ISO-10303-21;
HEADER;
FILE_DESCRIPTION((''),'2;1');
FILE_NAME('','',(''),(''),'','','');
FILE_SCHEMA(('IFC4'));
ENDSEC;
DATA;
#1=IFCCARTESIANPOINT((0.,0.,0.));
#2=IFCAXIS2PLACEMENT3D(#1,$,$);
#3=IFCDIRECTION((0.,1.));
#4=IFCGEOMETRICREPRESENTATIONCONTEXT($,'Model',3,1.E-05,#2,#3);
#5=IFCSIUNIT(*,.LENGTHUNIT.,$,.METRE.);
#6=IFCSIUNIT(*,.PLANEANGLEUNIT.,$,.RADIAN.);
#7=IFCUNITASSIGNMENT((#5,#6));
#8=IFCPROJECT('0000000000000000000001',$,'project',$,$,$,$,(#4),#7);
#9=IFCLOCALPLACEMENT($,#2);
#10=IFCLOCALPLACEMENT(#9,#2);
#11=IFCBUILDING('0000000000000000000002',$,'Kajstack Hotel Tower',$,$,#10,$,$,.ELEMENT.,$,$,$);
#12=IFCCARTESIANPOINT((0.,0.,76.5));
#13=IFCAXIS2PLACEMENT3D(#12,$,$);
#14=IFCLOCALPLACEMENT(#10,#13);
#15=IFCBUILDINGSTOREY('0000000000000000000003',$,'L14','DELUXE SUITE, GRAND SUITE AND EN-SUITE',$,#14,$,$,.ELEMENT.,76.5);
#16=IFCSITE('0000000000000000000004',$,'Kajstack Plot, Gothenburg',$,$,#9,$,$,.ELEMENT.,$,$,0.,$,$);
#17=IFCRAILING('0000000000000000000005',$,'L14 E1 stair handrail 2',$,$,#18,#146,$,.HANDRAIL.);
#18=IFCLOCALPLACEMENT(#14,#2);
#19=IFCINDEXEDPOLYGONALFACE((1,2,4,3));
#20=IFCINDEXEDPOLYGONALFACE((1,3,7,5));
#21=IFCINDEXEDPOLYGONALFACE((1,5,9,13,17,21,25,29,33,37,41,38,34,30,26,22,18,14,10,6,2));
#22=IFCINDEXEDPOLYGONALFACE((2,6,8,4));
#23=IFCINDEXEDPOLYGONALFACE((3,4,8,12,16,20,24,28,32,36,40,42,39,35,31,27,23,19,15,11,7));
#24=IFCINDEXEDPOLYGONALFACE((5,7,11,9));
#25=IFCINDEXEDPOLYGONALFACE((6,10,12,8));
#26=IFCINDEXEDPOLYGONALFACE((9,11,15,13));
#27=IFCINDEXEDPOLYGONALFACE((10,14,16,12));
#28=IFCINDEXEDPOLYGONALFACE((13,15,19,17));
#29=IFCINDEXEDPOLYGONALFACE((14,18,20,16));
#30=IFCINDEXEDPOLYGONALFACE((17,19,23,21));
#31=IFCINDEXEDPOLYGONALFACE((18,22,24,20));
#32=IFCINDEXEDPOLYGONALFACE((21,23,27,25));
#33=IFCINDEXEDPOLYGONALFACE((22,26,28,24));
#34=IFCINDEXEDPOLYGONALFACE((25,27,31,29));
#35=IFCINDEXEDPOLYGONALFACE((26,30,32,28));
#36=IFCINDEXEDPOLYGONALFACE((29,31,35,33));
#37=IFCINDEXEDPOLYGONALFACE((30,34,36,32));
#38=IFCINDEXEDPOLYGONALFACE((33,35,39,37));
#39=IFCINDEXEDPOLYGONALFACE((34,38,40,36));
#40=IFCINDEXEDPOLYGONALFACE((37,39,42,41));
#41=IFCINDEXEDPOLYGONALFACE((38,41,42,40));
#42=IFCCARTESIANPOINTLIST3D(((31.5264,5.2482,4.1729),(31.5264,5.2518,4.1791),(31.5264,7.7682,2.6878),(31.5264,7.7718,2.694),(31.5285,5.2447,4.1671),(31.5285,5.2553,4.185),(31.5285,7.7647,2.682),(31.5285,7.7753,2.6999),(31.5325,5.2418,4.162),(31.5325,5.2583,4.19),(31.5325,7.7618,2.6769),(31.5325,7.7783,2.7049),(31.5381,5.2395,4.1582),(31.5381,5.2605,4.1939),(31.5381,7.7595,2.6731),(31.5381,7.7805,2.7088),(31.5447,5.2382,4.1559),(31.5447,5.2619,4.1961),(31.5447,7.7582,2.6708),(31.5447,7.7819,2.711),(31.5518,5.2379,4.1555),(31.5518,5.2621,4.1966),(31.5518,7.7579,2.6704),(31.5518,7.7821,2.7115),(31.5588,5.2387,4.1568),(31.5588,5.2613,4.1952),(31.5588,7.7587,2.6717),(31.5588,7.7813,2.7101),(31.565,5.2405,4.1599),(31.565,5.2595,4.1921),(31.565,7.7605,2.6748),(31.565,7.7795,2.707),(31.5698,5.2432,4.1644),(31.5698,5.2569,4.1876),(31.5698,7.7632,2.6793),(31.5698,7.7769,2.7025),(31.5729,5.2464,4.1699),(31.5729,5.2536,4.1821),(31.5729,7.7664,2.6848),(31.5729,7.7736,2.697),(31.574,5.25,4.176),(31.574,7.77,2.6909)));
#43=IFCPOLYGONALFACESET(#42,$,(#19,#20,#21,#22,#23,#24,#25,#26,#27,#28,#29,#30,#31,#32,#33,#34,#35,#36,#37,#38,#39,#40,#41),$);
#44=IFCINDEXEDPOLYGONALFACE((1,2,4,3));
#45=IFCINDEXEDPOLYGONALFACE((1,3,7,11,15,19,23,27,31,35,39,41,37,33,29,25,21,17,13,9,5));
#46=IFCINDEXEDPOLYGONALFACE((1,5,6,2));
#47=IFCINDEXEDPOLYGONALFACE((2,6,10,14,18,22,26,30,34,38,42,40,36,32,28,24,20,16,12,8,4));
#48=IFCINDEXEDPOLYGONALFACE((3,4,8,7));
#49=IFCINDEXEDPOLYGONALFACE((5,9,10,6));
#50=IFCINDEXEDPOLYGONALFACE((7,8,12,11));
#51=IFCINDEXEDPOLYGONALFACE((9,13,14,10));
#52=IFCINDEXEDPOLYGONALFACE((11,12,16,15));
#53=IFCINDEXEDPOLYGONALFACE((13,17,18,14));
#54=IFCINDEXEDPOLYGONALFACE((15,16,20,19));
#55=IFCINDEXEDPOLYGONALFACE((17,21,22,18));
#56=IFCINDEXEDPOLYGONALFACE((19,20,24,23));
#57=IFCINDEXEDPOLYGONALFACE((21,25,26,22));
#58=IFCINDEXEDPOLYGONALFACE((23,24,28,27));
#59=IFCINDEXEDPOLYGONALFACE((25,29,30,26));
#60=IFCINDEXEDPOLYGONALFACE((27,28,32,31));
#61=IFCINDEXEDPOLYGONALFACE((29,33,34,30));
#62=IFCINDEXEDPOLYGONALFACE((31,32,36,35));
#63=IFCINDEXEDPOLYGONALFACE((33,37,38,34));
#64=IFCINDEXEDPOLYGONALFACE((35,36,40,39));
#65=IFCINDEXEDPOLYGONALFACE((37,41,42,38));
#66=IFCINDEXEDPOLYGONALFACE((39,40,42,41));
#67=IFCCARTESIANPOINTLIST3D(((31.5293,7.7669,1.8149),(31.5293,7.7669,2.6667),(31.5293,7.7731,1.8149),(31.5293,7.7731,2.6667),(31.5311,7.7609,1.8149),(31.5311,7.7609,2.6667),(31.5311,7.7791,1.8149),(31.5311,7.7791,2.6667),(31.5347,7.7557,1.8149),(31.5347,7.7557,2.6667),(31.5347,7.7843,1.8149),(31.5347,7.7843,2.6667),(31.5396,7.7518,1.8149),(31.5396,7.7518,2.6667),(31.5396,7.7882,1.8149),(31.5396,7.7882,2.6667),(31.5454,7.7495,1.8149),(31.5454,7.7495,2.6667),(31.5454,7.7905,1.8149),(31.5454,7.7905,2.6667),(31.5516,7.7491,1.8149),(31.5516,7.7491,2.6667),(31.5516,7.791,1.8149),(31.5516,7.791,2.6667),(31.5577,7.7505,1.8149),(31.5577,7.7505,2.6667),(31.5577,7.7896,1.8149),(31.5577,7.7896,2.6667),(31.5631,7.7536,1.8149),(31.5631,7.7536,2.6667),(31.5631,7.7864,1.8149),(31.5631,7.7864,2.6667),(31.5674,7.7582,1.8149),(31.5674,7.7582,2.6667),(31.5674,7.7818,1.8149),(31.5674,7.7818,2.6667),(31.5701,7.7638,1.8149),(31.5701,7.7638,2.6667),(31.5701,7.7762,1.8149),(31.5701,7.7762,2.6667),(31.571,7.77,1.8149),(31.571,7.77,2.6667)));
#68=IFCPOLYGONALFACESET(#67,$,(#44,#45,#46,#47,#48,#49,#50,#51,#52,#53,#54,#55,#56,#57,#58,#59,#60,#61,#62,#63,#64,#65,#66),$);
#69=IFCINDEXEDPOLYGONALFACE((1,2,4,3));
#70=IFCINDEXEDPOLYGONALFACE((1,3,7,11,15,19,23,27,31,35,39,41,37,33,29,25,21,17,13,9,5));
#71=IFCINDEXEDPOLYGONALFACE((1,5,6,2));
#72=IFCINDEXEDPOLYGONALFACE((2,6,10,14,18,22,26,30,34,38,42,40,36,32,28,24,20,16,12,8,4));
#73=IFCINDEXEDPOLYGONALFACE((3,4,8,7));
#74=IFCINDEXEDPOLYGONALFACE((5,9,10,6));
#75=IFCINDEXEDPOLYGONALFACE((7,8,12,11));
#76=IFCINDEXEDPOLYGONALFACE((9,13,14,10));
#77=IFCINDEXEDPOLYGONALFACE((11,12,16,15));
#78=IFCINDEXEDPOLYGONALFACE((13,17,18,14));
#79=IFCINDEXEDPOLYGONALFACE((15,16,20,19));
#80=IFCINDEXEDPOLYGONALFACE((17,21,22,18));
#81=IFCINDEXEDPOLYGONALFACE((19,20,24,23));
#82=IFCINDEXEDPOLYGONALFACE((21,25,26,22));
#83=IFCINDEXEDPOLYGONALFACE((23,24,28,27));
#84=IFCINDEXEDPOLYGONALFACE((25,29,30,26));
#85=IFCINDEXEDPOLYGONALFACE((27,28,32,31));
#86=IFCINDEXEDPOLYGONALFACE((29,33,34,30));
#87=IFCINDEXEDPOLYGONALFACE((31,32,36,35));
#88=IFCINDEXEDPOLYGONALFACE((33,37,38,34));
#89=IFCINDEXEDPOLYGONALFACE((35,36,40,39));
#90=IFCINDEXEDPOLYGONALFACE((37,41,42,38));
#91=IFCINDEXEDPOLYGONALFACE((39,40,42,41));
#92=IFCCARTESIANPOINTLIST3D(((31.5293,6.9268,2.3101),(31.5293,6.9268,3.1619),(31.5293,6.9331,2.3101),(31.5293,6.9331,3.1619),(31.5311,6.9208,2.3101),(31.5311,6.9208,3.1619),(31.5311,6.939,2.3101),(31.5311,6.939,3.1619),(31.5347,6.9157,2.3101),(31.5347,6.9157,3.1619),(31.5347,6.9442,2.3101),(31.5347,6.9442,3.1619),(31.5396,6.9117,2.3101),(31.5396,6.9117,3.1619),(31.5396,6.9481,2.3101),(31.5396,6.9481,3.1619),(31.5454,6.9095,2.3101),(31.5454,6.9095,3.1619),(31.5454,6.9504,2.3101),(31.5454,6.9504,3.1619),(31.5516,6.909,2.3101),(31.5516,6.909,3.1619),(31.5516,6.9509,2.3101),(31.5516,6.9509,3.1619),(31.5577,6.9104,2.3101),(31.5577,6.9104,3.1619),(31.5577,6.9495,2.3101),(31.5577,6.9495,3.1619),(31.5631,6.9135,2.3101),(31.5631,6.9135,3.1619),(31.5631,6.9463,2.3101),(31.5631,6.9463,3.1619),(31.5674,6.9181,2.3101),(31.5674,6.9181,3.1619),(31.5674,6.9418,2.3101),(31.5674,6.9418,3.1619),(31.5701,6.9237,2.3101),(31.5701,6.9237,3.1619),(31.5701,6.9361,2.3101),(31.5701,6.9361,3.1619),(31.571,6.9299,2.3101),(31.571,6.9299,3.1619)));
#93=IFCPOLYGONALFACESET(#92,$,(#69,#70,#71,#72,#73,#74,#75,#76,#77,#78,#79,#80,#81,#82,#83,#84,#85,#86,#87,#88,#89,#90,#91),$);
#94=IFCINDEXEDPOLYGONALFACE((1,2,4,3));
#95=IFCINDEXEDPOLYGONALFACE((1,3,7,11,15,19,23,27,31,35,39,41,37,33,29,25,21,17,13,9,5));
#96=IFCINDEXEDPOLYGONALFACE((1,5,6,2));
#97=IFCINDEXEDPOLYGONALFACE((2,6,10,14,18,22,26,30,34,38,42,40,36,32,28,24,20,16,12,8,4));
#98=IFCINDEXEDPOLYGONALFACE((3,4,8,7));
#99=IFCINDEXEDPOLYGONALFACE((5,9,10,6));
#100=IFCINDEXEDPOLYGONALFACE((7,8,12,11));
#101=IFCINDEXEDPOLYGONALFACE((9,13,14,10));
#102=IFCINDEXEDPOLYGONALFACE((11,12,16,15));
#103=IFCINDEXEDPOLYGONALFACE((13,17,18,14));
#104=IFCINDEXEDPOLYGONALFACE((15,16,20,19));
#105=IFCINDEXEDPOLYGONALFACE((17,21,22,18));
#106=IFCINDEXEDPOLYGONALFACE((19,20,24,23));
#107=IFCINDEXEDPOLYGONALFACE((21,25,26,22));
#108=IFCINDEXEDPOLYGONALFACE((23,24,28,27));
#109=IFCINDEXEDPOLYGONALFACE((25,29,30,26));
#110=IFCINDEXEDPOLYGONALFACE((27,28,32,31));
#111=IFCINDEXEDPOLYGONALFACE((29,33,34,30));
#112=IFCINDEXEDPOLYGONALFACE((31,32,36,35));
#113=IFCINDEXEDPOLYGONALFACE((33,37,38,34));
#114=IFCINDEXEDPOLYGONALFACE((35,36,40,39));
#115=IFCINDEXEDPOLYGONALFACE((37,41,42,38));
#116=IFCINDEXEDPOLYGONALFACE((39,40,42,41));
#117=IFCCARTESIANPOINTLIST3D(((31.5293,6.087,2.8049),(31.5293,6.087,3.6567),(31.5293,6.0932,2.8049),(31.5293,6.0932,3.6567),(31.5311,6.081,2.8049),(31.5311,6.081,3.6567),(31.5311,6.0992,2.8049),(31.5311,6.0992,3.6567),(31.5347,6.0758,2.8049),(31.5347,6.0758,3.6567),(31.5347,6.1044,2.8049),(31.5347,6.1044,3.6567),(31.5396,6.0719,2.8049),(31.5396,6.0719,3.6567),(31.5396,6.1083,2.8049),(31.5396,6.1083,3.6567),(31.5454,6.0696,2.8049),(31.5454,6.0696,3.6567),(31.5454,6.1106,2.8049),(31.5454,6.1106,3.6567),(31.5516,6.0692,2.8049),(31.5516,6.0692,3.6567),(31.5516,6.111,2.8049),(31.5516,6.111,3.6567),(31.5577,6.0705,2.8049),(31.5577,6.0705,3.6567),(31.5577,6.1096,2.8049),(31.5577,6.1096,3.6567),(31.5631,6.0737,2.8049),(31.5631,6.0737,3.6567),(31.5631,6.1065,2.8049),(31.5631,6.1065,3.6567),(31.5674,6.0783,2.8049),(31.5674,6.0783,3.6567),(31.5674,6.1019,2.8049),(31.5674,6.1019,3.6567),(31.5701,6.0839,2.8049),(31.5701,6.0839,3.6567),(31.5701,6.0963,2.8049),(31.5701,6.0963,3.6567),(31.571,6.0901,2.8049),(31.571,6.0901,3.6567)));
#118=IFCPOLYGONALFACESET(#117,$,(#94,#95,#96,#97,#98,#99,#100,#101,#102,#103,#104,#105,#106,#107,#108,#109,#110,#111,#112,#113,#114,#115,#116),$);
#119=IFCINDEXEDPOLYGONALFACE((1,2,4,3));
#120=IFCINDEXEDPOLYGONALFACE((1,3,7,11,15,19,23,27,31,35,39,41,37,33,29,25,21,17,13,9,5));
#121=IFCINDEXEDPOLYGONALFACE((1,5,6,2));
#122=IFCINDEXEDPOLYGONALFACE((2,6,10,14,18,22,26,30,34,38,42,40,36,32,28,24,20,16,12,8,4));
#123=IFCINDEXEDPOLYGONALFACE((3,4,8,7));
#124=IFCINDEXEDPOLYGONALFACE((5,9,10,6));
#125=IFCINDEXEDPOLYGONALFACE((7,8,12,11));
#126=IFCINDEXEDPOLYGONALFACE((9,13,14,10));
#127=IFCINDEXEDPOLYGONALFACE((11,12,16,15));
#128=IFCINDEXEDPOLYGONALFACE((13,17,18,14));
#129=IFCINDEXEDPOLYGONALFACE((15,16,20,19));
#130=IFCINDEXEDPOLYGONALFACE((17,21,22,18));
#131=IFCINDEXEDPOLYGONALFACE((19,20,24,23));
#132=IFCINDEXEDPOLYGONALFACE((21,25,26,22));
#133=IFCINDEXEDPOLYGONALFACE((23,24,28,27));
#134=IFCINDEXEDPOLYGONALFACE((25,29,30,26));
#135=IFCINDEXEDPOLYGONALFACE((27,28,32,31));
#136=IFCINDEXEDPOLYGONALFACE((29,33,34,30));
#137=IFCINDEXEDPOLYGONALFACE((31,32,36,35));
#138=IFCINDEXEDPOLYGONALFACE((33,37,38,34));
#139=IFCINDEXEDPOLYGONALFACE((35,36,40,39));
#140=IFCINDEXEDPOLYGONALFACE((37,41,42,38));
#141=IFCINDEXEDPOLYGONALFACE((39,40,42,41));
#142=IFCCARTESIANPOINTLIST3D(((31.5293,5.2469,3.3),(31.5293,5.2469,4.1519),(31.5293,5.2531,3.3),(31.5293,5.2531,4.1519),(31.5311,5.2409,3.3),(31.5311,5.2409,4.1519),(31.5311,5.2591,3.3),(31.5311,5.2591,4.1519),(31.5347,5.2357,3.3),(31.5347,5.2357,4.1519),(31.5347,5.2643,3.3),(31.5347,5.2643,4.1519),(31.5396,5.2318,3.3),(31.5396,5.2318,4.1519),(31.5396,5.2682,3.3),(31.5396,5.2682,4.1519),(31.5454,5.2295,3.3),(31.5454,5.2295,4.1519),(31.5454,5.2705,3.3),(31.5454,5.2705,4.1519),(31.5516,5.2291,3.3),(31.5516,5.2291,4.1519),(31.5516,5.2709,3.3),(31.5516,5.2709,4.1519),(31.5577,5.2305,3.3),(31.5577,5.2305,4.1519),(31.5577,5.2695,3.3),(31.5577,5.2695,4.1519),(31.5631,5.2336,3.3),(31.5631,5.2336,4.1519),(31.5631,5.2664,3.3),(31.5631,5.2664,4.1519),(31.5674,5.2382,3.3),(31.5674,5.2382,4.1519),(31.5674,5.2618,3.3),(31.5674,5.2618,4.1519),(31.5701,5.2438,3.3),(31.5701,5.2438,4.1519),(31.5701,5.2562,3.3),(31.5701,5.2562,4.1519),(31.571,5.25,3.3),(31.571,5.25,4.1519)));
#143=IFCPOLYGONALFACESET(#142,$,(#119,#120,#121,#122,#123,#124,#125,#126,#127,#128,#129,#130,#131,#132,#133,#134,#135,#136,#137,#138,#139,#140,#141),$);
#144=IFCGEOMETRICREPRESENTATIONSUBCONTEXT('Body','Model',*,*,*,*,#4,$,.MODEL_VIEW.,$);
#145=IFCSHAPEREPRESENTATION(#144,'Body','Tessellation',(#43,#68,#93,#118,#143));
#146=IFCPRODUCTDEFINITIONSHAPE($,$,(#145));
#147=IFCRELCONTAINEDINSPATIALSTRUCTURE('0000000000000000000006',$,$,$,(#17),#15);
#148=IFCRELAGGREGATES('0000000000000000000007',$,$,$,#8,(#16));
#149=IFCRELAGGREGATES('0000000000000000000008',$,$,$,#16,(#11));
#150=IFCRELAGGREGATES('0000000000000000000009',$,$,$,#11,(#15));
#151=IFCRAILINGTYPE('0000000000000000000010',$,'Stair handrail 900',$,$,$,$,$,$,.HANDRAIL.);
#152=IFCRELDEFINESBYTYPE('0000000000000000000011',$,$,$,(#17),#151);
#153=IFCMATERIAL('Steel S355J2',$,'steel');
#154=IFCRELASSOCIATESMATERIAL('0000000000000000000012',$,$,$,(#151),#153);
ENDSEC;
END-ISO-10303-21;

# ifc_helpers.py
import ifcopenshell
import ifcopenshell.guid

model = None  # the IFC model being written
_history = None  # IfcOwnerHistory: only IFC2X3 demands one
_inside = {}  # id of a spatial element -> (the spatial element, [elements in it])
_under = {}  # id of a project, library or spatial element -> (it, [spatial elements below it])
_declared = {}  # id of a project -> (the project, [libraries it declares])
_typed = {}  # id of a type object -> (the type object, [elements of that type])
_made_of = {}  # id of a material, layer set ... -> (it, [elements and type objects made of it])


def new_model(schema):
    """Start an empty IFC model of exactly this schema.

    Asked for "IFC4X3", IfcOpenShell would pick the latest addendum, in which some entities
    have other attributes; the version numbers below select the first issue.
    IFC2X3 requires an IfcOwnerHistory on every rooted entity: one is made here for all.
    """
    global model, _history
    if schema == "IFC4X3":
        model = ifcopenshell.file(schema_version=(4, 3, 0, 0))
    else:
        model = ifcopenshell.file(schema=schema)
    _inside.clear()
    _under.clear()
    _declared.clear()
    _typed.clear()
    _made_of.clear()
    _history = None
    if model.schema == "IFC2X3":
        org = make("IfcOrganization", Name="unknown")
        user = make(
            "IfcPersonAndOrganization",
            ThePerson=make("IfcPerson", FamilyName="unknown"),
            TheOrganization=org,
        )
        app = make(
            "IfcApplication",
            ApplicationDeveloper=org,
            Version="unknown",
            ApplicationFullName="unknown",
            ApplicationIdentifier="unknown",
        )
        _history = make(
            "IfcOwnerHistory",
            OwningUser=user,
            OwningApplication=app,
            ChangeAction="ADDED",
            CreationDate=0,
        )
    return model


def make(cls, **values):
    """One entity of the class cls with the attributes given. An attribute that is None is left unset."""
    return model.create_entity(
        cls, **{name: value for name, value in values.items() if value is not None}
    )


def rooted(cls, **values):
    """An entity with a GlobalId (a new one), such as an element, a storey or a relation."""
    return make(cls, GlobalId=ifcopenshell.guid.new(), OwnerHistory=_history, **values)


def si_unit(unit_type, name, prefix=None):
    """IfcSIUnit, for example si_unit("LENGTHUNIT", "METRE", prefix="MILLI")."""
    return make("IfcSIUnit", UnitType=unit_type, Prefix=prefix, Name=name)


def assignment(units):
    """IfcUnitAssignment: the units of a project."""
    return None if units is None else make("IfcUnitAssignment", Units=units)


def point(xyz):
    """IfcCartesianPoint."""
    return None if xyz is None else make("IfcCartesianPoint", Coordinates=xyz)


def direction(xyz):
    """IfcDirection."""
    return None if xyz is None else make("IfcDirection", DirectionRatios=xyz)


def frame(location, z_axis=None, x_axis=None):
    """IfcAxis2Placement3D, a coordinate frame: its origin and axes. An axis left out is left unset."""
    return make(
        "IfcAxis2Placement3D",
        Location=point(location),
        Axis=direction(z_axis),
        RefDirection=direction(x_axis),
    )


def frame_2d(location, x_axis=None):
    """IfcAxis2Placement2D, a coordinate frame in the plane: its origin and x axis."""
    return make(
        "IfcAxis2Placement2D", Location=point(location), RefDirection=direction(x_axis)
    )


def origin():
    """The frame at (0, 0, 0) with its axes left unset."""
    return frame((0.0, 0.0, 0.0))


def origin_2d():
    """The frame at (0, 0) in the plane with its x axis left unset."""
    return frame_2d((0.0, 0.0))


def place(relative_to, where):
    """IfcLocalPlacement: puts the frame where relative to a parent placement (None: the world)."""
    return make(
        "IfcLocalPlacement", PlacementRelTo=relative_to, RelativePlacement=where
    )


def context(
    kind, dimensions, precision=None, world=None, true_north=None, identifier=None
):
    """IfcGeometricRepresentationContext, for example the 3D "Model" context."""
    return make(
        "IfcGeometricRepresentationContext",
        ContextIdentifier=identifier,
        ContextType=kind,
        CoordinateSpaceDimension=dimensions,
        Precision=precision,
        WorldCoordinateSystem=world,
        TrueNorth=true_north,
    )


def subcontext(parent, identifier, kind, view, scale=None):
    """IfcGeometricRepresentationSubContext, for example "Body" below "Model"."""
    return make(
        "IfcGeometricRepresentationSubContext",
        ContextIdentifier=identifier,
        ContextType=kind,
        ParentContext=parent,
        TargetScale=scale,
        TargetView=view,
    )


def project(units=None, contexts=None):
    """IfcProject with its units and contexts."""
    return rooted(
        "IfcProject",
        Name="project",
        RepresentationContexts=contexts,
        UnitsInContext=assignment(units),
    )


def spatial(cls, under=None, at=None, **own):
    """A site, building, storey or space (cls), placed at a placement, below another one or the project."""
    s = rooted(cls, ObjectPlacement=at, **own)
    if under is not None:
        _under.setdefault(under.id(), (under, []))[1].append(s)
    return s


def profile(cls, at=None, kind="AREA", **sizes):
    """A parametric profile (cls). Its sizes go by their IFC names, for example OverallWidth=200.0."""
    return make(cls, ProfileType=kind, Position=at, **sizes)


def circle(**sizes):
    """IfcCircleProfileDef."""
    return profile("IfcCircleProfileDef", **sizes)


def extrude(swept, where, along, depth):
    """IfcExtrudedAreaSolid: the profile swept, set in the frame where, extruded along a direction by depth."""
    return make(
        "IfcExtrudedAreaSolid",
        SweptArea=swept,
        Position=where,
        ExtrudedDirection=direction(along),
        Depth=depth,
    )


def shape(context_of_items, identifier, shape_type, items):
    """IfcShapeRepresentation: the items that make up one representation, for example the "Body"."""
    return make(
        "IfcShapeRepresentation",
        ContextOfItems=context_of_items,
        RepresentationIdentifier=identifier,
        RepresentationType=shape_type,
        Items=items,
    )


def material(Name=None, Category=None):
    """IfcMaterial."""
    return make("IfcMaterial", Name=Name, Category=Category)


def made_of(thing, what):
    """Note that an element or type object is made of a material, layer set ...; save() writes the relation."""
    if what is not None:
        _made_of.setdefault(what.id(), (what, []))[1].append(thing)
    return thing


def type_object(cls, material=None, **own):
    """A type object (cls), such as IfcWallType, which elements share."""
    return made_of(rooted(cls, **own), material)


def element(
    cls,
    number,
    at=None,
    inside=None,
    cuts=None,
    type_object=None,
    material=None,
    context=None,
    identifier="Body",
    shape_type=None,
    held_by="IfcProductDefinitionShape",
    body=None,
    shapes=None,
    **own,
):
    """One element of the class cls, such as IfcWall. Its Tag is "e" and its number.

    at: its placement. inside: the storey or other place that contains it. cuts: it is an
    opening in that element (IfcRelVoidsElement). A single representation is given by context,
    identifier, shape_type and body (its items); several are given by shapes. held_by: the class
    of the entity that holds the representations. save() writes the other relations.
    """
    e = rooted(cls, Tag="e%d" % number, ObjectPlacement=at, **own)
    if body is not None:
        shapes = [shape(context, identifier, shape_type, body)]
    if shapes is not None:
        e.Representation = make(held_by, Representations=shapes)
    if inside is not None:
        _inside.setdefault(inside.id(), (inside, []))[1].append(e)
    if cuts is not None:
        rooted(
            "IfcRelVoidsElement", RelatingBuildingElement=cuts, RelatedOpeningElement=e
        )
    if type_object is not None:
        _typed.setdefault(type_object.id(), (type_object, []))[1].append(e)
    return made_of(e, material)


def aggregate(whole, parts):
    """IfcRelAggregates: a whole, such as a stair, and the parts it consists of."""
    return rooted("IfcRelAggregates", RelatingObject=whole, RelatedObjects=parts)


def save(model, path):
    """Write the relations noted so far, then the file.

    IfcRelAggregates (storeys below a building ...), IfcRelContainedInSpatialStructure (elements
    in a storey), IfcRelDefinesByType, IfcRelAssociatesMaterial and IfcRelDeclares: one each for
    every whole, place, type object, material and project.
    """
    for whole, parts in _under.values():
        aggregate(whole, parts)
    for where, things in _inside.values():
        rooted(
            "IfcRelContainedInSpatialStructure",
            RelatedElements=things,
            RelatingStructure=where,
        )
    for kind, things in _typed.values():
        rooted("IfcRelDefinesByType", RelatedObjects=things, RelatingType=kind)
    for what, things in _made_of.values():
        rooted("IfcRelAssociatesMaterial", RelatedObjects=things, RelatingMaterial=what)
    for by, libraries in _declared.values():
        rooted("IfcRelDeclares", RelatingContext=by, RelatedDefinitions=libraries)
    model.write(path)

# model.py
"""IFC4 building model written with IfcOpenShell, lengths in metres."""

from ifc_helpers import new_model, si_unit, direction, frame, origin, origin_2d, place, context, subcontext, project, spatial, circle, extrude, material, type_object, element, save


model = new_model("IFC4")

# Units and contexts
model_context = context("Model", 3, precision=1e-05, world=origin(), true_north=direction((0.0, 1.0)))
body_context = subcontext(model_context, "Body", "Model", "MODEL_VIEW")
ifc_project = project(units=[si_unit("LENGTHUNIT", "METRE"), si_unit("PLANEANGLEUNIT", "RADIAN")], contexts=[model_context])

# Site, building, storey
site_placement = place(None, origin())
site = spatial("IfcSite", under=ifc_project, at=site_placement, Name="Kajstack Plot, Gothenburg", CompositionType="ELEMENT", RefElevation=0.0)
building_placement = place(site_placement, origin())
building = spatial("IfcBuilding", under=site, at=building_placement, Name="Kajstack Hotel Tower", CompositionType="ELEMENT")
storey_placement = place(building_placement, frame((0.0, 0.0, 76.5)))
storey = spatial("IfcBuildingStorey", under=building, at=storey_placement, Name="L14", Description="DELUXE SUITE, GRAND SUITE AND EN-SUITE", CompositionType="ELEMENT", Elevation=76.5)

# Railing
ifc_material_1 = material(Name="Steel S355J2", Category="steel")
railing_type_1 = type_object("IfcRailingType", Name="Stair handrail 900", PredefinedType="HANDRAIL", material=ifc_material_1)
railing_1_placement = place(storey_placement, frame((31.55, 7.77, 1.8149)))
element("IfcRailing", 1, at=railing_1_placement, inside=storey, type_object=railing_type_1, Name="L14 E1 stair handrail 2", PredefinedType="HANDRAIL", context=body_context, shape_type="SweptSolid", body=[
    extrude(circle(Radius=0.0239, at=origin_2d()), frame((0.0, 0.0, 0.876), z_axis=(0.0, -0.861524, 0.507717), x_axis=(1.0, 0.0, 0.0)), (0.0, 0.0, 1.0), 2.925),
    extrude(circle(Radius=0.021, at=origin_2d()), origin(), (0.0, 0.0, 1.0), 0.8518),
    extrude(circle(Radius=0.021, at=origin_2d()), frame((0.0, -0.8401, 0.4951)), (0.0, 0.0, 1.0), 0.8518),
    extrude(circle(Radius=0.021, at=origin_2d()), frame((0.0, -1.6799, 0.99)), (0.0, 0.0, 1.0), 0.8518),
    extrude(circle(Radius=0.021, at=origin_2d()), frame((0.0, -2.52, 1.4851)), (0.0, 0.0, 1.0), 0.8518),
])

save(model, "model.ifc")
